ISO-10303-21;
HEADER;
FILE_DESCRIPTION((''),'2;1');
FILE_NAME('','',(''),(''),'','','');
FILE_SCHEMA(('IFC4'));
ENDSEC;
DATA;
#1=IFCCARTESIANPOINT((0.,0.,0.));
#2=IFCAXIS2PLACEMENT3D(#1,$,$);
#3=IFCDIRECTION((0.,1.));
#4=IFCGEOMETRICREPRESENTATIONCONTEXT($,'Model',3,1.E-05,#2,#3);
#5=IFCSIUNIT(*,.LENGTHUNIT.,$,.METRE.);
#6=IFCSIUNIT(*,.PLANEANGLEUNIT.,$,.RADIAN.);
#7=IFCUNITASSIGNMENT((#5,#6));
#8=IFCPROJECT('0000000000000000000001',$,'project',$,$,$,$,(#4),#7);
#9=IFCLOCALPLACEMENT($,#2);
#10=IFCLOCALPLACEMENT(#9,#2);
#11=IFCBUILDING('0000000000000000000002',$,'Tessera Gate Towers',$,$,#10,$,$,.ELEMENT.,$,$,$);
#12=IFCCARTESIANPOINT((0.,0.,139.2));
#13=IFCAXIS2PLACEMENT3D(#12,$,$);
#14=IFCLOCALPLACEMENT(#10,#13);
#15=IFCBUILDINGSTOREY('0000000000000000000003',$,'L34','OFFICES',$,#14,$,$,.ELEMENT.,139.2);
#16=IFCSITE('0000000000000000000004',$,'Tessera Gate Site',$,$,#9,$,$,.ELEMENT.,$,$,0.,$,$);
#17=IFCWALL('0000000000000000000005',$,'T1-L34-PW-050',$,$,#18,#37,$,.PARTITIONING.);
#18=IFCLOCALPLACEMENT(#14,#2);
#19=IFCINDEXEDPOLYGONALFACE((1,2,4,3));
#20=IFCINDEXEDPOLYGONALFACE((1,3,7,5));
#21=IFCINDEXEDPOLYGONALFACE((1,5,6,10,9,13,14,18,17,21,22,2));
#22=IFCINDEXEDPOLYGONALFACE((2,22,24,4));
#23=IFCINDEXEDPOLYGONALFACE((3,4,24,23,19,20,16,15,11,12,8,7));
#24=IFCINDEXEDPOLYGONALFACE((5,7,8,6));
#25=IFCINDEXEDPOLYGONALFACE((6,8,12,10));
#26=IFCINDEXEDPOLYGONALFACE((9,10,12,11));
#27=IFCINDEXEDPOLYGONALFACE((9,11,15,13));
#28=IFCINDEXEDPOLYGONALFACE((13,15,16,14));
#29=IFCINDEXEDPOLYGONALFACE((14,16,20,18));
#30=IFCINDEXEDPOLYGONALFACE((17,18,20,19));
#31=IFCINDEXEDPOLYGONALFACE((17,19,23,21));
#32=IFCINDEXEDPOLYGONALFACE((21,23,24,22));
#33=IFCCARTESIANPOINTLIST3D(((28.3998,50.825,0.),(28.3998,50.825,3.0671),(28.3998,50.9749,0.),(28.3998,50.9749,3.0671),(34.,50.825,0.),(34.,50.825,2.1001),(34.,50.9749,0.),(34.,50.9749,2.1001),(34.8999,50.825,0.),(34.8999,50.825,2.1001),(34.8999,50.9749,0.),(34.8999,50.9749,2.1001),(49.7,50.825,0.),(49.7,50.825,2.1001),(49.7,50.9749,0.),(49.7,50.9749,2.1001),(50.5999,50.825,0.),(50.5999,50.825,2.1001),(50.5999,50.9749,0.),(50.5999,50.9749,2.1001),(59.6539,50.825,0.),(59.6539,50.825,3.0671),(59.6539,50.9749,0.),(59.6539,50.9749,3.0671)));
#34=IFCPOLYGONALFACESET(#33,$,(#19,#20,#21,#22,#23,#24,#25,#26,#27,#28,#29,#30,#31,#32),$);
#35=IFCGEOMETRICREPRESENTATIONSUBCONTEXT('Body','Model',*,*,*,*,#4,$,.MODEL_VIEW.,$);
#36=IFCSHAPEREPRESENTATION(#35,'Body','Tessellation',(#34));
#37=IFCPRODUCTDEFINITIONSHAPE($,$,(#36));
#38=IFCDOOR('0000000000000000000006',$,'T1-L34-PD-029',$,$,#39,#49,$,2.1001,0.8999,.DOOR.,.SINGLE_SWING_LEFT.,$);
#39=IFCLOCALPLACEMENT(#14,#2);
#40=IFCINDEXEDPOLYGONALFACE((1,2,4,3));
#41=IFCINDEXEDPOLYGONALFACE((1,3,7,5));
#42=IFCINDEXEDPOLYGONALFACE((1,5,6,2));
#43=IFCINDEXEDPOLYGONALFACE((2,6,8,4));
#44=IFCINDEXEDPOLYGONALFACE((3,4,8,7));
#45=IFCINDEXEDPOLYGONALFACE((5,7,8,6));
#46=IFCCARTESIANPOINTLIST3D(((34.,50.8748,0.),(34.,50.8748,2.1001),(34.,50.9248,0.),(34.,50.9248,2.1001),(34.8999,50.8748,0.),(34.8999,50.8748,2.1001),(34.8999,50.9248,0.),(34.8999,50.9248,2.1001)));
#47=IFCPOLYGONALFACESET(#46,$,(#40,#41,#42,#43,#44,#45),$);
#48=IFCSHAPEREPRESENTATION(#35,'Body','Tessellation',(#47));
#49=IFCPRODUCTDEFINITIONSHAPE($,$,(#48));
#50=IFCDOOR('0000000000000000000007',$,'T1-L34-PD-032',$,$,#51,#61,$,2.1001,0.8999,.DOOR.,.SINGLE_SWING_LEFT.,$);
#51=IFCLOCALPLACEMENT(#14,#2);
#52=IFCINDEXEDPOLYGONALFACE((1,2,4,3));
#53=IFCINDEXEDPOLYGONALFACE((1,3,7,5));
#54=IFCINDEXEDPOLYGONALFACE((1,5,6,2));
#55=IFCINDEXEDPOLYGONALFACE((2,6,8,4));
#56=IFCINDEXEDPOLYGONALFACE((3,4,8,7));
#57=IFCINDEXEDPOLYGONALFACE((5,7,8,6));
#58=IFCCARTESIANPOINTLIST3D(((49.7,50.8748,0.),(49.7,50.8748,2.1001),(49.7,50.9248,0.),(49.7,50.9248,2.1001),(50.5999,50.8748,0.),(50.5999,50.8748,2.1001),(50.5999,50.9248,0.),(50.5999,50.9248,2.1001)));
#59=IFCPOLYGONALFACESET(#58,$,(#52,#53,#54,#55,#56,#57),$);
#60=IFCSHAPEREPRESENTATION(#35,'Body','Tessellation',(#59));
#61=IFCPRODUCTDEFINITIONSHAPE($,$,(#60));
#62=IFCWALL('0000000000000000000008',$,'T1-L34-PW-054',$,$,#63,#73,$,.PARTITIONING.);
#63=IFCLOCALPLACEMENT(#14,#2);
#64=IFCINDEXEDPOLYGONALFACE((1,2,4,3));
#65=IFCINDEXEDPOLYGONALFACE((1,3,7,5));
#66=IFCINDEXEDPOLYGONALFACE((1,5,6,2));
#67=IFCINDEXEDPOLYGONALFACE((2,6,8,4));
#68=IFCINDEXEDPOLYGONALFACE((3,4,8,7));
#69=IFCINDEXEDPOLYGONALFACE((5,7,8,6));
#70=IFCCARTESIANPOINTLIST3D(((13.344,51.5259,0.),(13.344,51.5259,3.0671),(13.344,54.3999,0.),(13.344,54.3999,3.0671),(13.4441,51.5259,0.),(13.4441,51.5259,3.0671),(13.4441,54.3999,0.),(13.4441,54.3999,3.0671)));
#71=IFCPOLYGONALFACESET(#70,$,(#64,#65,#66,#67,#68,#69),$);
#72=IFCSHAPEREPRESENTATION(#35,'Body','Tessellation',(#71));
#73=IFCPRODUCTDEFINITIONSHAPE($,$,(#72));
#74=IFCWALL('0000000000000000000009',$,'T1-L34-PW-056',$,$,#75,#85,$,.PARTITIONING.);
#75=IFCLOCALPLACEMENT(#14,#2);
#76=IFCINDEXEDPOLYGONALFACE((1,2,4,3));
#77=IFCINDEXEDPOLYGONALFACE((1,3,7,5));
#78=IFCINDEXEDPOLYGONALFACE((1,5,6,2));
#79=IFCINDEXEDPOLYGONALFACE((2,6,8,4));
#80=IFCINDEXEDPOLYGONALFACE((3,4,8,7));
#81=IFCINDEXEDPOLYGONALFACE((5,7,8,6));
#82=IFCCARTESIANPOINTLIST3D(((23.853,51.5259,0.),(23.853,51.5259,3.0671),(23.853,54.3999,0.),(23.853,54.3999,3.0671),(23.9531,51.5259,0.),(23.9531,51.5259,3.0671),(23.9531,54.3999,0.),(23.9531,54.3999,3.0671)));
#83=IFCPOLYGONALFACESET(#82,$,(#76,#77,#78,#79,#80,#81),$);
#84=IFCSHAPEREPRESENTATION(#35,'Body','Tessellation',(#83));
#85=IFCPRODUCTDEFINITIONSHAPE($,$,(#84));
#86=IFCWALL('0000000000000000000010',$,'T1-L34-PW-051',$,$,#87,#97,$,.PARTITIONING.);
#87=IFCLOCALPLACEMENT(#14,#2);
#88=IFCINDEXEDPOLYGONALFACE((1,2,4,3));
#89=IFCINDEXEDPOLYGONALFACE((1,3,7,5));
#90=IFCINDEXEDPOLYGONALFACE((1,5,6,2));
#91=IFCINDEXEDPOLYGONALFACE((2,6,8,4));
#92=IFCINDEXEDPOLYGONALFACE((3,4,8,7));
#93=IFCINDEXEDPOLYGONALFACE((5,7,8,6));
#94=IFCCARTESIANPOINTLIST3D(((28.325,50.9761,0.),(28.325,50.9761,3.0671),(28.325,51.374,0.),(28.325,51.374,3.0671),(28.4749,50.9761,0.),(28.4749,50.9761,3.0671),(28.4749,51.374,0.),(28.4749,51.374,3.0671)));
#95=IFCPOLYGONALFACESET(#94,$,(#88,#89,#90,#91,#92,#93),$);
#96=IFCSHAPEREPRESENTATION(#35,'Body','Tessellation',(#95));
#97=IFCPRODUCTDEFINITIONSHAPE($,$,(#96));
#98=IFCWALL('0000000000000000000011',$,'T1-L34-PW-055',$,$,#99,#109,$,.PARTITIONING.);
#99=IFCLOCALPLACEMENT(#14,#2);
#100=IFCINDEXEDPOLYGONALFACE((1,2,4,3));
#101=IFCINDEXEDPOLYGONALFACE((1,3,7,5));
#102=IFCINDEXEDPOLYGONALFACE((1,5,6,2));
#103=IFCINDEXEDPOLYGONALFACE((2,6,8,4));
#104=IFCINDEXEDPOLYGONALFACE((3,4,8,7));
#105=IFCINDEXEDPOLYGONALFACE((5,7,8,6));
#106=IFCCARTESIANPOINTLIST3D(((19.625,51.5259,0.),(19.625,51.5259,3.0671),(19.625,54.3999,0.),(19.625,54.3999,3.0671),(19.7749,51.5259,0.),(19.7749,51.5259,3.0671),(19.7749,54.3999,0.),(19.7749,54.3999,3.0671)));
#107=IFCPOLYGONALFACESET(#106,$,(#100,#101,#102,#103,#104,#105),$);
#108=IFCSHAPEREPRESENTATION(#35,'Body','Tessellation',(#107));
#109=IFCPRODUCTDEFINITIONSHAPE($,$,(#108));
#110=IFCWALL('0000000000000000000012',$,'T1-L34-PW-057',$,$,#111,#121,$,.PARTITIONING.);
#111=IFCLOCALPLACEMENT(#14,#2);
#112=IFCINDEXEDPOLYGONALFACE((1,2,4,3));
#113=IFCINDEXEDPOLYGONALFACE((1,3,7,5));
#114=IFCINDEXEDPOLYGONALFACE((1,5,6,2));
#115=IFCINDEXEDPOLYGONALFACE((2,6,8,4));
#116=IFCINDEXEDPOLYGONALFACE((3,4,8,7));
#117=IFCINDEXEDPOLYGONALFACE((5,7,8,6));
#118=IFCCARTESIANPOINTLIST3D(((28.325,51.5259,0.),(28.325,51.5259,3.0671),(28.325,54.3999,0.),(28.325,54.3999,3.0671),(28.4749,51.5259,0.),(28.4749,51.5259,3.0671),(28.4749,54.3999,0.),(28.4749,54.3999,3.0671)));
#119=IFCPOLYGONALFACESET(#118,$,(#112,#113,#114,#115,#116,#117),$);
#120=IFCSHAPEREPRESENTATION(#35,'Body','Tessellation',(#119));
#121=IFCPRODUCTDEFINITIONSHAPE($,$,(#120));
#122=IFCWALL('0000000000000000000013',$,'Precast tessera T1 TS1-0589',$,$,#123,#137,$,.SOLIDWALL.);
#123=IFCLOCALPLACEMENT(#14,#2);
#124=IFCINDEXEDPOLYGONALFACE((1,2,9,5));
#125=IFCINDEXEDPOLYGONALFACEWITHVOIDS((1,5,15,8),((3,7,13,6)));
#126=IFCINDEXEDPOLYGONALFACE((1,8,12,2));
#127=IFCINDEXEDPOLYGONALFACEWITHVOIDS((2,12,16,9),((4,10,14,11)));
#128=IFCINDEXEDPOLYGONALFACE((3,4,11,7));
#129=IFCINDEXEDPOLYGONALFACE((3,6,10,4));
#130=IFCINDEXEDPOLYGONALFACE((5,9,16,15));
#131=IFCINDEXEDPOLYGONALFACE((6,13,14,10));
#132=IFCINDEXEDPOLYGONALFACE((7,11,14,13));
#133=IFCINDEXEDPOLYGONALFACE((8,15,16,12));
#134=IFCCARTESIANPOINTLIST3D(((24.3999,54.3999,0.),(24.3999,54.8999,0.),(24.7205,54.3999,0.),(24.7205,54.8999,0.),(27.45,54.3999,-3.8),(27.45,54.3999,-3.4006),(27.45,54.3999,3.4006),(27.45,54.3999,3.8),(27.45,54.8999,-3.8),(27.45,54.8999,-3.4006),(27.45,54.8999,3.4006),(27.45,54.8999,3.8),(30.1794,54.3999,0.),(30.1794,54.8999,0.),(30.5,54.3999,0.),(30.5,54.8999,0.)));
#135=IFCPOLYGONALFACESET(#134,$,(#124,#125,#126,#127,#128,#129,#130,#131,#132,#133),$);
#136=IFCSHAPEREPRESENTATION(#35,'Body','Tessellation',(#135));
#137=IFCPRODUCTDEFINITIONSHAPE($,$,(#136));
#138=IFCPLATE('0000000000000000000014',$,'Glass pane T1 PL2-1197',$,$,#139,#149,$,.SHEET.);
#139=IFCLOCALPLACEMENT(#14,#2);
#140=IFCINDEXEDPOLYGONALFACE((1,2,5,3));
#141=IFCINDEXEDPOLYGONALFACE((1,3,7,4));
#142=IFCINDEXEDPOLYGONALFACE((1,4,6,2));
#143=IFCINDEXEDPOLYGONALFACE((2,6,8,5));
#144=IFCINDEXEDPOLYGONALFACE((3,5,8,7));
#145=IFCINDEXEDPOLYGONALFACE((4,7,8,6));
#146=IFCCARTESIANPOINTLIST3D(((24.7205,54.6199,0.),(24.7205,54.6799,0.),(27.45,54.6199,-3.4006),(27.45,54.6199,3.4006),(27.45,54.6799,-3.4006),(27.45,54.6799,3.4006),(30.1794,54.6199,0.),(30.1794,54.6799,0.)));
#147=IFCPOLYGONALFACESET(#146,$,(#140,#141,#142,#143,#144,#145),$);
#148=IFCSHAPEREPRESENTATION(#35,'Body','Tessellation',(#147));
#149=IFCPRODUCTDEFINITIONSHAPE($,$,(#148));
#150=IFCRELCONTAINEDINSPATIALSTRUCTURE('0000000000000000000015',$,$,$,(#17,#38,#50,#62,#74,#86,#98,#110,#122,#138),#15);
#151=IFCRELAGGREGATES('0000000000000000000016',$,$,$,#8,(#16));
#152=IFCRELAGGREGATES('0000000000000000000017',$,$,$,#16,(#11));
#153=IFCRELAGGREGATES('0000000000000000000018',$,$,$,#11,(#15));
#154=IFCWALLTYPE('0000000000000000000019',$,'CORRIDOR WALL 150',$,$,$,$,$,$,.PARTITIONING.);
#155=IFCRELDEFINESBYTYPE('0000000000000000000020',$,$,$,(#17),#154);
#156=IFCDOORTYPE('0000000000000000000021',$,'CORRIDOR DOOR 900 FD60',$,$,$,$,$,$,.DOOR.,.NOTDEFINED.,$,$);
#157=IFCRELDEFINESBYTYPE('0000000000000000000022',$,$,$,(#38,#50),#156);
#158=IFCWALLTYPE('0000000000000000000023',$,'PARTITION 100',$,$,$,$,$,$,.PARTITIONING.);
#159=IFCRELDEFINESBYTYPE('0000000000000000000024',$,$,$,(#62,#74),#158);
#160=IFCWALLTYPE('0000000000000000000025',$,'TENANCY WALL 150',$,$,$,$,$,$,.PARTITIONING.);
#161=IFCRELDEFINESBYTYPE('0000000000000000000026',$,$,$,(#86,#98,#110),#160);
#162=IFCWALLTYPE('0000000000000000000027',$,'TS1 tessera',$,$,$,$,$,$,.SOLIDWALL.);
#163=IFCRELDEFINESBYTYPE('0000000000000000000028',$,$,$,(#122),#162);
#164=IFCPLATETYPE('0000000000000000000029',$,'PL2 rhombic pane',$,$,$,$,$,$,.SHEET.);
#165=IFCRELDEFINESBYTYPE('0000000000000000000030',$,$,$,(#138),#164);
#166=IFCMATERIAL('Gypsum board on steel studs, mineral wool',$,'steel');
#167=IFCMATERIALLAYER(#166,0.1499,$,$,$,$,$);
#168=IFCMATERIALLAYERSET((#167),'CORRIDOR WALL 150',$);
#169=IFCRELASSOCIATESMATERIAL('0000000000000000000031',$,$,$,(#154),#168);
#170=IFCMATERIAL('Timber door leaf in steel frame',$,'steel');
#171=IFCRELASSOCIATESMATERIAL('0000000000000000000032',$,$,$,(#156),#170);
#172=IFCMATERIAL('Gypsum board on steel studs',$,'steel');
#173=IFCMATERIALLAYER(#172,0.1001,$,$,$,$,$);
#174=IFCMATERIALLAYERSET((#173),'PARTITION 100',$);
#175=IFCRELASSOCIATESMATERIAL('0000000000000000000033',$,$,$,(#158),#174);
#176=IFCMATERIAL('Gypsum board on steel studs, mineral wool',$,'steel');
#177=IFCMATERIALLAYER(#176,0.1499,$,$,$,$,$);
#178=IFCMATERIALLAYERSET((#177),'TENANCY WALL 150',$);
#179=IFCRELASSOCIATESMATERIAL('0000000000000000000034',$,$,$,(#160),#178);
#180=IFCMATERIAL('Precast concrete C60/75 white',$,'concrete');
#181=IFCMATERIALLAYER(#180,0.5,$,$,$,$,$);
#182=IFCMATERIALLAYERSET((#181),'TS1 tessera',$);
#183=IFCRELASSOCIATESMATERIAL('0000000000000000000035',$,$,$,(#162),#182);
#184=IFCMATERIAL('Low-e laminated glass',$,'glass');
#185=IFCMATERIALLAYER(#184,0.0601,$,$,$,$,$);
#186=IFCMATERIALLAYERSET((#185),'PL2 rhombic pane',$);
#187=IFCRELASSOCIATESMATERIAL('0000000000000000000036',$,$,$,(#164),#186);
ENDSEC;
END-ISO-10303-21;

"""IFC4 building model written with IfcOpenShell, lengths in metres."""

from ifc_helpers import new_model, si_unit, direction, frame, frame_2d, origin, place, context, subcontext, project, spatial, polyline, rectangle, outline, extrude, source, transform, mapped, material, layer, layer_set, type_object, element, fill, save


model = new_model("IFC4")

# Units and contexts
model_context = context("Model", 3, precision=1e-05, world=origin(), true_north=direction((0.0, 1.0)))
body_context = subcontext(model_context, "Body", "Model", "MODEL_VIEW")
ifc_project = project(units=[si_unit("LENGTHUNIT", "METRE"), si_unit("PLANEANGLEUNIT", "RADIAN")], contexts=[model_context])

# Site, building, storey
site_placement = place(None, origin())
site = spatial("IfcSite", under=ifc_project, at=site_placement, Name="Tessera Gate Site", CompositionType="ELEMENT", RefElevation=0.0)
building_placement = place(site_placement, origin())
building = spatial("IfcBuilding", under=site, at=building_placement, Name="Tessera Gate Towers", CompositionType="ELEMENT")
storey_placement = place(building_placement, frame((0.0, 0.0, 139.2)))
storey = spatial("IfcBuildingStorey", under=building, at=storey_placement, Name="L34", Description="OFFICES", CompositionType="ELEMENT", Elevation=139.2)

# Shared definitions
ifc_material_1 = material(Name="Gypsum board on steel studs, mineral wool", Category="steel")
ifc_layer_1 = layer(ifc_material_1, 0.1499)
ifc_layer_set_1 = layer_set([ifc_layer_1], Name="CORRIDOR WALL 150")
wall_type_1 = type_object("IfcWallType", Name="CORRIDOR WALL 150", PredefinedType="PARTITIONING", material=ifc_layer_set_1)

# Wall, openings, doors
wall_1_placement = place(storey_placement, frame((28.3999, 50.8999, 0.0), z_axis=(0.0, 0.0, 1.0), x_axis=(1.0, 0.0, 0.0)))
wall_1 = element("IfcWall", 1, at=wall_1_placement, inside=storey, type_object=wall_type_1, Name="T1-L34-PW-050", PredefinedType="PARTITIONING", context=body_context, shape_type="SweptSolid", body=[
    extrude(rectangle(XDim=31.2542, YDim=0.1499, at=frame_2d((15.627, 0.0))), origin(), (0.0, 0.0, 1.0), 3.0671),
])
shared_shape_1 = source(origin(), body_context, "Body", "SweptSolid", [
    extrude(rectangle(XDim=0.8999, YDim=2.1001, at=frame_2d((0.45, 1.05))), frame((0.0, 0.085, 0.0), z_axis=(0.0, -1.0, 0.0), x_axis=(1.0, 0.0, 0.0)), (0.0, 0.0, 1.0), 0.1699),
])
opening_1_placement = place(wall_1_placement, frame((5.6001, 0.0, 0.0)))
opening_1 = element("IfcOpeningElement", 2, at=opening_1_placement, cuts=wall_1, PredefinedType="OPENING", context=body_context, shape_type="MappedRepresentation", body=[
    mapped(shared_shape_1, transform((0.0, 0.0, 0.0), scale=1.0)),
])
opening_2_placement = place(wall_1_placement, frame((21.3, 0.0, 0.0)))
opening_2 = element("IfcOpeningElement", 3, at=opening_2_placement, cuts=wall_1, PredefinedType="OPENING", context=body_context, shape_type="MappedRepresentation", body=[
    mapped(shared_shape_1, transform((0.0, 0.0, 0.0), scale=1.0)),
])
ifc_material_2 = material(Name="Timber door leaf in steel frame", Category="steel")
door_type = type_object("IfcDoorType", Name="CORRIDOR DOOR 900 FD60", OperationType="NOTDEFINED", PredefinedType="DOOR", material=ifc_material_2)
shared_shape_2 = source(origin(), body_context, "Body", "SweptSolid", [
    extrude(rectangle(XDim=0.8999, YDim=2.1001, at=frame_2d((0.45, 1.05))), frame((0.0, 0.0249, 0.0), z_axis=(0.0, -1.0, 0.0), x_axis=(1.0, 0.0, 0.0)), (0.0, 0.0, 1.0), 0.05),
])
door_1_placement = place(opening_1_placement, origin())
door_1 = element("IfcDoor", 4, at=door_1_placement, inside=storey, type_object=door_type, Name="T1-L34-PD-029", OperationType="SINGLE_SWING_LEFT", OverallHeight=2.1001, OverallWidth=0.8999, PredefinedType="DOOR", context=body_context, shape_type="MappedRepresentation", body=[
    mapped(shared_shape_2, transform((0.0, 0.0, 0.0), scale=1.0)),
])
fill(opening_1, door_1)
door_2_placement = place(opening_2_placement, origin())
door_2 = element("IfcDoor", 5, at=door_2_placement, inside=storey, type_object=door_type, Name="T1-L34-PD-032", OperationType="SINGLE_SWING_LEFT", OverallHeight=2.1001, OverallWidth=0.8999, PredefinedType="DOOR", context=body_context, shape_type="MappedRepresentation", body=[
    mapped(shared_shape_2, transform((0.0, 0.0, 0.0), scale=1.0)),
])
fill(opening_2, door_2)

# Walls
ifc_material_3 = material(Name="Gypsum board on steel studs", Category="steel")
ifc_layer_2 = layer(ifc_material_3, 0.1001)
ifc_layer_set_2 = layer_set([ifc_layer_2], Name="PARTITION 100")
wall_type_2 = type_object("IfcWallType", Name="PARTITION 100", PredefinedType="PARTITIONING", material=ifc_layer_set_2)
for number, where, z_axis, x_axis, name in (
    (6, (13.394, 51.5259, 0.0), (0.0, 0.0, 1.0), (0.0, 1.0, 0.0), "T1-L34-PW-054"),
    (7, (23.9031, 51.5259, 0.0), (0.0, 0.0, 1.0), (0.0, 1.0, 0.0), "T1-L34-PW-056"),
):
    element("IfcWall", number, at=place(storey_placement, frame(where, z_axis=z_axis, x_axis=x_axis)), inside=storey, type_object=wall_type_2, Name=name, PredefinedType="PARTITIONING", context=body_context, shape_type="SweptSolid", body=[
        extrude(rectangle(XDim=2.874, YDim=0.1001, at=frame_2d((1.437, 0.0))), origin(), (0.0, 0.0, 1.0), 3.0671),
    ])
ifc_material_4 = material(Name="Gypsum board on steel studs, mineral wool", Category="steel")
ifc_layer_3 = layer(ifc_material_4, 0.1499)
ifc_layer_set_3 = layer_set([ifc_layer_3], Name="TENANCY WALL 150")
wall_type_3 = type_object("IfcWallType", Name="TENANCY WALL 150", PredefinedType="PARTITIONING", material=ifc_layer_set_3)
wall_2_placement = place(storey_placement, frame((28.3999, 50.9761, 0.0), z_axis=(0.0, 0.0, 1.0), x_axis=(0.0, 1.0, 0.0)))
element("IfcWall", 8, at=wall_2_placement, inside=storey, type_object=wall_type_3, Name="T1-L34-PW-051", PredefinedType="PARTITIONING", context=body_context, shape_type="SweptSolid", body=[
    extrude(rectangle(XDim=0.3979, YDim=0.1499, at=frame_2d((0.199, 0.0))), origin(), (0.0, 0.0, 1.0), 3.0671),
])
for number, where, z_axis, x_axis, name in (
    (9, (19.7, 51.5259, 0.0), (0.0, 0.0, 1.0), (0.0, 1.0, 0.0), "T1-L34-PW-055"),
    (10, (28.3999, 51.5259, 0.0), (0.0, 0.0, 1.0), (0.0, 1.0, 0.0), "T1-L34-PW-057"),
):
    element("IfcWall", number, at=place(storey_placement, frame(where, z_axis=z_axis, x_axis=x_axis)), inside=storey, type_object=wall_type_3, Name=name, PredefinedType="PARTITIONING", context=body_context, shape_type="SweptSolid", body=[
        extrude(rectangle(XDim=2.874, YDim=0.1499, at=frame_2d((1.437, 0.0))), origin(), (0.0, 0.0, 1.0), 3.0671),
    ])

# Wall, opening, plate
ifc_material_5 = material(Name="Precast concrete C60/75 white", Category="concrete")
ifc_layer_4 = layer(ifc_material_5, 0.5)
ifc_layer_set_4 = layer_set([ifc_layer_4], Name="TS1 tessera")
wall_type_4 = type_object("IfcWallType", Name="TS1 tessera", PredefinedType="SOLIDWALL", material=ifc_layer_set_4)
shared_shape_3 = source(origin(), body_context, "Body", "SweptSolid", [
    extrude(outline(polyline([(3.05, 0.0), (6.1001, 3.8), (3.05, 7.6001), (0.0, 3.8), (3.05, 0.0)])), frame((0.0, 0.25, 0.0), z_axis=(0.0, -1.0, 0.0), x_axis=(1.0, 0.0, 0.0)), (0.0, 0.0, 1.0), 0.5),
])
wall_3_placement = place(storey_placement, frame((30.5, 54.6499, -3.8), z_axis=(0.0, 0.0, 1.0), x_axis=(-1.0, 0.0, 0.0)))
wall_3 = element("IfcWall", 11, at=wall_3_placement, inside=storey, type_object=wall_type_4, Name="Precast tessera T1 TS1-0589", PredefinedType="SOLIDWALL", context=body_context, shape_type="MappedRepresentation", body=[
    mapped(shared_shape_3, transform((0.0, 0.0, 0.0), scale=1.0)),
])
shared_shape_4 = source(origin(), body_context, "Body", "SweptSolid", [
    extrude(outline(polyline([(3.05, 0.3994), (5.7795, 3.8), (3.05, 7.2007), (0.3206, 3.8), (3.05, 0.3994)])), frame((0.0, 0.26, 0.0), z_axis=(0.0, -1.0, 0.0), x_axis=(1.0, 0.0, 0.0)), (0.0, 0.0, 1.0), 0.52),
])
opening_3_placement = place(wall_3_placement, origin())
opening_3 = element("IfcOpeningElement", 12, at=opening_3_placement, cuts=wall_3, PredefinedType="OPENING", context=body_context, shape_type="MappedRepresentation", body=[
    mapped(shared_shape_4, transform((0.0, 0.0, 0.0), scale=1.0)),
])
ifc_material_6 = material(Name="Low-e laminated glass", Category="glass")
ifc_layer_5 = layer(ifc_material_6, 0.0601)
ifc_layer_set_5 = layer_set([ifc_layer_5], Name="PL2 rhombic pane")
plate_type = type_object("IfcPlateType", Name="PL2 rhombic pane", PredefinedType="SHEET", material=ifc_layer_set_5)
shared_shape_5 = source(origin(), body_context, "Body", "SweptSolid", [
    extrude(outline(polyline([(3.05, 0.3994), (5.7795, 3.8), (3.05, 7.2007), (0.3206, 3.8), (3.05, 0.3994)])), frame((0.0, 0.03, 0.0), z_axis=(0.0, -1.0, 0.0), x_axis=(1.0, 0.0, 0.0)), (0.0, 0.0, 1.0), 0.0601),
])
plate_1_placement = place(opening_3_placement, origin())
plate_1 = element("IfcPlate", 13, at=plate_1_placement, inside=storey, type_object=plate_type, Name="Glass pane T1 PL2-1197", PredefinedType="SHEET", context=body_context, shape_type="MappedRepresentation", body=[
    mapped(shared_shape_5, transform((0.0, 0.0, 0.0), scale=1.0)),
])
fill(opening_3, plate_1)

save(model, "model.ifc")
